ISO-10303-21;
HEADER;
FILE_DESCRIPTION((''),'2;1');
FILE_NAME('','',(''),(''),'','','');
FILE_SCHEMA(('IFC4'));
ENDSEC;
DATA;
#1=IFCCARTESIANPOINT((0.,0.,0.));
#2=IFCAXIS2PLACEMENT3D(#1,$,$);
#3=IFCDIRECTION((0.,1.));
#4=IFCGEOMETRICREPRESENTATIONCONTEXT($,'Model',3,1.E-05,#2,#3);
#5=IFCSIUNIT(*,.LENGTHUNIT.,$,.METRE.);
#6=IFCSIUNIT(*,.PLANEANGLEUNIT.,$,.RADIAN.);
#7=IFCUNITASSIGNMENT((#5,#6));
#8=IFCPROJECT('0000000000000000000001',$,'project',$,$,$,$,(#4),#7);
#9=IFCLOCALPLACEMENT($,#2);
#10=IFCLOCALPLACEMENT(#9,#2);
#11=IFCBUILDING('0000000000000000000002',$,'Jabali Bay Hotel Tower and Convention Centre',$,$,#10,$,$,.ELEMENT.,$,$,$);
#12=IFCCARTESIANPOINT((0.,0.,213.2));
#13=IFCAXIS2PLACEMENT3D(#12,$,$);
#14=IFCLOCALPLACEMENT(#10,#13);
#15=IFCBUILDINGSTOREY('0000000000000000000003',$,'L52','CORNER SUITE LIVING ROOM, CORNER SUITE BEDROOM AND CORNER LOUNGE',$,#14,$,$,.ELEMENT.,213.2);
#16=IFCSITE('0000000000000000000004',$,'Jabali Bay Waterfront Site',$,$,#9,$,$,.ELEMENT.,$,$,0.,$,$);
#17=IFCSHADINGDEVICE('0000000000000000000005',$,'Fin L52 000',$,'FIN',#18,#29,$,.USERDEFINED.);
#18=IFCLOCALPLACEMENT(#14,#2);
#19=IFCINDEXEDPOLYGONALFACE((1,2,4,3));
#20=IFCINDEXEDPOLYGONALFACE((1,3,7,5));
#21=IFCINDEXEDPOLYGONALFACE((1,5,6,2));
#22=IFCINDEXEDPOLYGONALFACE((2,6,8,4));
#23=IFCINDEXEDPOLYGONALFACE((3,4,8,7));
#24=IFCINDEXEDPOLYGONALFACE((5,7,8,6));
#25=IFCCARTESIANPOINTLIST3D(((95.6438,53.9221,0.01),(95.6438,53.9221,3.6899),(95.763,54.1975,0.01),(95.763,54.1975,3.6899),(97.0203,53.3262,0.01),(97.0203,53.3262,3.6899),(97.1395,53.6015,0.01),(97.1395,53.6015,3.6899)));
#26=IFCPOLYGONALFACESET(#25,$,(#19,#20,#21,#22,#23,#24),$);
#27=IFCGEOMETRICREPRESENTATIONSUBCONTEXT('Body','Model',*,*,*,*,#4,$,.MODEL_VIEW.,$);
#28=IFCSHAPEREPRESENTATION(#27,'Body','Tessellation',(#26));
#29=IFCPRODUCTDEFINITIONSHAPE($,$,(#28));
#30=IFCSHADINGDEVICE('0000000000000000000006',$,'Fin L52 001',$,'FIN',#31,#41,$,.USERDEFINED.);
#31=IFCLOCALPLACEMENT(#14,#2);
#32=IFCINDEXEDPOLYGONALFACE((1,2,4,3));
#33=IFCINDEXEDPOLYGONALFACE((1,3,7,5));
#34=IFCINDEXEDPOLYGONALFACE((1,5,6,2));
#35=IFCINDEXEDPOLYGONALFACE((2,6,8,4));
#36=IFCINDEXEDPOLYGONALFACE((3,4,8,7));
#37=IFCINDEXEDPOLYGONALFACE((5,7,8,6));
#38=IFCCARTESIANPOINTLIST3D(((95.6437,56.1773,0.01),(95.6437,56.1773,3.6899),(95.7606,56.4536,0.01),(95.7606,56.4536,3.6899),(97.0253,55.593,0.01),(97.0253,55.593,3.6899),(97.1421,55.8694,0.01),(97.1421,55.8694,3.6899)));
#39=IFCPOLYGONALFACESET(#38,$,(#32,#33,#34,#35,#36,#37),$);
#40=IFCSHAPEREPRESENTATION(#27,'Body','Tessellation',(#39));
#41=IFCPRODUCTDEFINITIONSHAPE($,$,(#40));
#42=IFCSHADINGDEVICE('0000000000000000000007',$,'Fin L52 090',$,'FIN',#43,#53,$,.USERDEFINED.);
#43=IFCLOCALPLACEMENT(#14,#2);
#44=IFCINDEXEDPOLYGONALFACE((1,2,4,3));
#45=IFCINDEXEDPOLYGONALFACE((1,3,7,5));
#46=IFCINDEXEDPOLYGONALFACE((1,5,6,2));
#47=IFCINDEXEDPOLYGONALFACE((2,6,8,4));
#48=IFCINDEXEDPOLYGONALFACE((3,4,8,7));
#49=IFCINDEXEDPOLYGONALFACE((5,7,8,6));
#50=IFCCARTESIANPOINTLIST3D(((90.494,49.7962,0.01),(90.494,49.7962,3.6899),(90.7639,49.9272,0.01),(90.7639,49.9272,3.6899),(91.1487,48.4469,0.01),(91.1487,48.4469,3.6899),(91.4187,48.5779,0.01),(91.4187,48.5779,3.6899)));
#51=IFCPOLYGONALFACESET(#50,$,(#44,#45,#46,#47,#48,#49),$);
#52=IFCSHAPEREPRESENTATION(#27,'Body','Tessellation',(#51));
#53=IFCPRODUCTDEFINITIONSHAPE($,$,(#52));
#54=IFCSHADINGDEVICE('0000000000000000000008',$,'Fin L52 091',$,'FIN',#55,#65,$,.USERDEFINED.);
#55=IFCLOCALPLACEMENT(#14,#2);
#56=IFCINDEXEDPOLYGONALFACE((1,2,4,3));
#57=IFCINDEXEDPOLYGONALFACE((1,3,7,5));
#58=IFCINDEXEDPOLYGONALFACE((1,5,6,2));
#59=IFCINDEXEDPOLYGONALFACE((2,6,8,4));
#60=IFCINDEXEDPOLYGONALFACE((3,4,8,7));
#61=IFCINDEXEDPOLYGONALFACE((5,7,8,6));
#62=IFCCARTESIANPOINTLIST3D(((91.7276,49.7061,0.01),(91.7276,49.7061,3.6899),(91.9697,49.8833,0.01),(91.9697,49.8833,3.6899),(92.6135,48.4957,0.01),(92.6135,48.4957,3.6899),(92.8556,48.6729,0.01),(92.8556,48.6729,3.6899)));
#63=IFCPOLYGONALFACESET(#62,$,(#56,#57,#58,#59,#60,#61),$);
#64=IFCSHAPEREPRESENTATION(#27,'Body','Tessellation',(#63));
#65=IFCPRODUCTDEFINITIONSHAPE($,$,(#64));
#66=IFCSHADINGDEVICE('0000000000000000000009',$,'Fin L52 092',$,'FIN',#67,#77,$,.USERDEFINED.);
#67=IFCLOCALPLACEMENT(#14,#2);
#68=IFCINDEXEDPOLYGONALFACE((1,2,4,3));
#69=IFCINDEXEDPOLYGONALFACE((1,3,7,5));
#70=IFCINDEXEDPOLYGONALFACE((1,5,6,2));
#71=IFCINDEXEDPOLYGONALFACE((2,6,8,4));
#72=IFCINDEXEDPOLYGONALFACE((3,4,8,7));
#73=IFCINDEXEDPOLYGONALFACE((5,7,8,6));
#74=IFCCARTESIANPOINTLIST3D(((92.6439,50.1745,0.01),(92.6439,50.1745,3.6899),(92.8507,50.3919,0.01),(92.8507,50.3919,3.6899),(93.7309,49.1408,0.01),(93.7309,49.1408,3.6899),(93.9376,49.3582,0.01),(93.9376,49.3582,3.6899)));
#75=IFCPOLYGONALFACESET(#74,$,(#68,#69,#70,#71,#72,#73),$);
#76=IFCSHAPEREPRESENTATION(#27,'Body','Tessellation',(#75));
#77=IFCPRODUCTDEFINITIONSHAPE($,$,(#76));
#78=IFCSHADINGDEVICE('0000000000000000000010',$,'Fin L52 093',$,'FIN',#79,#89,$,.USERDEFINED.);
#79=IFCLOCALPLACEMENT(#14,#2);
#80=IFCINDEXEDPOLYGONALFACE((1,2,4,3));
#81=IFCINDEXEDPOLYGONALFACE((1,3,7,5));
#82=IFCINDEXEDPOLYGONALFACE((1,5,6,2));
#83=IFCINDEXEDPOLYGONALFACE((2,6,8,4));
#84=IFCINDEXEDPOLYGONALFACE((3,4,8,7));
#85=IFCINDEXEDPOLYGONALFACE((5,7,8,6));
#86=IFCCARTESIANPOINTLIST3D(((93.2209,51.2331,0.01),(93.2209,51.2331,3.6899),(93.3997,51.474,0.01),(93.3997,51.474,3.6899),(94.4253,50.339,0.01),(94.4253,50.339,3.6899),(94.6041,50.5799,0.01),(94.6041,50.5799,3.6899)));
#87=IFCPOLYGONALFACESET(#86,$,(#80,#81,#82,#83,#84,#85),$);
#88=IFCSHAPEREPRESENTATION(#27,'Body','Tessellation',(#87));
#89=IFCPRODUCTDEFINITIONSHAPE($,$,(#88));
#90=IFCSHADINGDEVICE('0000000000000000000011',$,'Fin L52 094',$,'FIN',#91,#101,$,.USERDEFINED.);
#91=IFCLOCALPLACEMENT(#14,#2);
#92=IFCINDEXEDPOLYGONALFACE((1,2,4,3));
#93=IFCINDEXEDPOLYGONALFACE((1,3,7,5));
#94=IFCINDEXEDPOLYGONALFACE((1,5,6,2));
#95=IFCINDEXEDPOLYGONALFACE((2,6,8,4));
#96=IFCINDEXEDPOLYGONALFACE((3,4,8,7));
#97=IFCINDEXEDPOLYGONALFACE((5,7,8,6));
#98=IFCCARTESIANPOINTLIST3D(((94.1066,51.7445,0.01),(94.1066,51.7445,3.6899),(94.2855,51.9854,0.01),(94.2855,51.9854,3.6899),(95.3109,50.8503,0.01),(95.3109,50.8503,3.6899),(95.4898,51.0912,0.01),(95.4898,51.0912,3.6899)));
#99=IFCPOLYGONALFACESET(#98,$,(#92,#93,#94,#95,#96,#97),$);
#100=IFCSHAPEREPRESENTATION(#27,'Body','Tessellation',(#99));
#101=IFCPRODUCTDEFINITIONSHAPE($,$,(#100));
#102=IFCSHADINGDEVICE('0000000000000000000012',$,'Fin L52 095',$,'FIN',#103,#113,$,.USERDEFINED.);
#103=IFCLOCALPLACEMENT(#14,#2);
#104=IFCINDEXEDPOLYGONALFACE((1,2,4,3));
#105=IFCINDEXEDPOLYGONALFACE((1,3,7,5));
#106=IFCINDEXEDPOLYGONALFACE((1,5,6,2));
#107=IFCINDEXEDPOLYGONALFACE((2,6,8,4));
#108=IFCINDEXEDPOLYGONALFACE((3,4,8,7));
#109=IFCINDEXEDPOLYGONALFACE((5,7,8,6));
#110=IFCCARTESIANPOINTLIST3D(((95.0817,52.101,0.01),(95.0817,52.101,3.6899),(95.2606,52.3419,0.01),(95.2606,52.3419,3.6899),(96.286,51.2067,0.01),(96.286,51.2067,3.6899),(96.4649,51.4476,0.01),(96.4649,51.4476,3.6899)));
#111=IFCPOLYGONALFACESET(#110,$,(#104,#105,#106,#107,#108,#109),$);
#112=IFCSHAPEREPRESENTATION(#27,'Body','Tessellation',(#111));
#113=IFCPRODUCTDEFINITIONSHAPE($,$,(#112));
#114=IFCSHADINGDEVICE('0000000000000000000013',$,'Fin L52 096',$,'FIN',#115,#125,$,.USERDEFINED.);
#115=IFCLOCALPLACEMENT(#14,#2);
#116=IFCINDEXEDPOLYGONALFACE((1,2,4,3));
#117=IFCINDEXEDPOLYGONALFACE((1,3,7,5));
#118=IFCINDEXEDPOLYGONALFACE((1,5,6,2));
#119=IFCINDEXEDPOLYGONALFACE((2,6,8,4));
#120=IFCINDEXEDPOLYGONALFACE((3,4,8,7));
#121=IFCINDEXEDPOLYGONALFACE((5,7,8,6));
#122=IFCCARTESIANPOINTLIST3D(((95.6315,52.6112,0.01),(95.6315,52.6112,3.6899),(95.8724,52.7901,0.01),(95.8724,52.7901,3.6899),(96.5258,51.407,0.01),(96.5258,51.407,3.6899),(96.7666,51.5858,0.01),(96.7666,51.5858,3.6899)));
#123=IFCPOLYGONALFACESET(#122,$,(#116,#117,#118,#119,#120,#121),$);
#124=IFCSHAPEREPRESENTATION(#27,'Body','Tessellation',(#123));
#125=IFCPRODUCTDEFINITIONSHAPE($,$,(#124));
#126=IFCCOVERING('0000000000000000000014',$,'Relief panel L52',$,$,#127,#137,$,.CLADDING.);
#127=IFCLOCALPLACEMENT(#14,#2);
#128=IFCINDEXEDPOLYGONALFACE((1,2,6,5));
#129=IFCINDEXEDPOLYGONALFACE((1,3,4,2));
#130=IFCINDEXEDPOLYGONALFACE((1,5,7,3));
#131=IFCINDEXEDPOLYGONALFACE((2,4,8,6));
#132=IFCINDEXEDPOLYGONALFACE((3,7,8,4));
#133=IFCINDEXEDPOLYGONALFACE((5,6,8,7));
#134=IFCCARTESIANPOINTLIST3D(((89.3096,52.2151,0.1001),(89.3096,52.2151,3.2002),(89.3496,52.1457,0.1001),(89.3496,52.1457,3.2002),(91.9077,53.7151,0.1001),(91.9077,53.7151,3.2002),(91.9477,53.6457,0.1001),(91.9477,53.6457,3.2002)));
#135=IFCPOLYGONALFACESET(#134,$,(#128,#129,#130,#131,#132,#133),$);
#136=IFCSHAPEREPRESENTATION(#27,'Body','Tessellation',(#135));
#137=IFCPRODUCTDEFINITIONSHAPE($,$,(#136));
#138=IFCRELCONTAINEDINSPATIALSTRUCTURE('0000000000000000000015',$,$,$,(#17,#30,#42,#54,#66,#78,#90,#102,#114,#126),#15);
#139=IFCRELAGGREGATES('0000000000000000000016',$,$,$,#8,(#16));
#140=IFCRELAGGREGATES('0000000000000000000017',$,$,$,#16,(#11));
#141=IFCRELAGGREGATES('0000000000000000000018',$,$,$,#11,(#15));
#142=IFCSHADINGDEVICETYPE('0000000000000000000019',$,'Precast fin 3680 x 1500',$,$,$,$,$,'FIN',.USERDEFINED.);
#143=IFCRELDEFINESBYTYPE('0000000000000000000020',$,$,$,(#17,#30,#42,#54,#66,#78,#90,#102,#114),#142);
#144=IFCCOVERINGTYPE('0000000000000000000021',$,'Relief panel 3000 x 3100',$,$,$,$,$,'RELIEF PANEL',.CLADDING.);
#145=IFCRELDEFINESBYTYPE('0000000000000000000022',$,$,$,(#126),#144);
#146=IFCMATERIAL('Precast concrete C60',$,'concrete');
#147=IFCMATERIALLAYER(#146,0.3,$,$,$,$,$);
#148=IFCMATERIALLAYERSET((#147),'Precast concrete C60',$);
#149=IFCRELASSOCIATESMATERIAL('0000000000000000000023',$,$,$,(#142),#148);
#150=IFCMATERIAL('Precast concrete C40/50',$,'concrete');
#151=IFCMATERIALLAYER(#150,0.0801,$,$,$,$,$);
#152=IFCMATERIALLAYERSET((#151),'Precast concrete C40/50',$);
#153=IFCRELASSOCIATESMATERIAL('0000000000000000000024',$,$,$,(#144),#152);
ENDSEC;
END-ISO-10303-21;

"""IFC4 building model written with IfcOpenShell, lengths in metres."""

from ifc_helpers import new_model, si_unit, direction, frame, frame_2d, origin, origin_2d, place, context, subcontext, project, spatial, rectangle, extrude, material, layer, layer_set, type_object, element, save


model = new_model("IFC4")

# Units and contexts
model_context = context("Model", 3, precision=1e-05, world=origin(), true_north=direction((0.0, 1.0)))
body_context = subcontext(model_context, "Body", "Model", "MODEL_VIEW")
ifc_project = project(units=[si_unit("LENGTHUNIT", "METRE"), si_unit("PLANEANGLEUNIT", "RADIAN")], contexts=[model_context])

# Site, building, storey
site_placement = place(None, origin())
site = spatial("IfcSite", under=ifc_project, at=site_placement, Name="Jabali Bay Waterfront Site", CompositionType="ELEMENT", RefElevation=0.0)
building_placement = place(site_placement, origin())
building = spatial("IfcBuilding", under=site, at=building_placement, Name="Jabali Bay Hotel Tower and Convention Centre", CompositionType="ELEMENT")
storey_placement = place(building_placement, frame((0.0, 0.0, 213.2)))
storey = spatial("IfcBuildingStorey", under=building, at=storey_placement, Name="L52", Description="CORNER SUITE LIVING ROOM, CORNER SUITE BEDROOM AND CORNER LOUNGE", CompositionType="ELEMENT", Elevation=213.2)

# Shading devices
ifc_material_1 = material(Name="Precast concrete C60", Category="concrete")
ifc_layer_1 = layer(ifc_material_1, 0.3)
ifc_layer_set_1 = layer_set([ifc_layer_1], Name="Precast concrete C60")
shading_device_type = type_object("IfcShadingDeviceType", Name="Precast fin 3680 x 1500", ElementType="FIN", PredefinedType="USERDEFINED", material=ifc_layer_set_1)
for number, where, z_axis, x_axis, name in (
    (1, (95.7034, 54.0598, 0.01), (0.0, 0.0, 1.0), (0.917682, -0.397315, 0.0), "Fin L52 000"),
    (2, (95.7021, 56.3154, 0.01), (0.0, 0.0, 1.0), (0.921037, -0.389475, 0.0), "Fin L52 001"),
):
    element("IfcShadingDevice", number, at=place(storey_placement, frame(where, z_axis=z_axis, x_axis=x_axis)), inside=storey, type_object=shading_device_type, Name=name, ObjectType="FIN", PredefinedType="USERDEFINED", context=body_context, shape_type="SweptSolid", body=[
        extrude(rectangle(XDim=1.5, YDim=0.3, at=frame_2d((0.75, 0.0))), origin(), (0.0, 0.0, 1.0), 3.6799),
    ])
shading_device_placement = place(storey_placement, frame((90.6289, 49.8618, 0.01), z_axis=(0.0, 0.0, 1.0), x_axis=(0.436569, -0.899671, 0.0)))
element("IfcShadingDevice", 3, at=shading_device_placement, inside=storey, type_object=shading_device_type, Name="Fin L52 090", ObjectType="FIN", PredefinedType="USERDEFINED", context=body_context, shape_type="SweptSolid", body=[
    extrude(rectangle(XDim=1.4998, YDim=0.3, at=frame_2d((0.75, 0.0))), origin(), (0.0, 0.0, 1.0), 3.6799),
])
for number, where, z_axis, x_axis, name in (
    (4, (91.8486, 49.7947, 0.01), (0.0, 0.0, 1.0), (0.590637, -0.806938, 0.0), "Fin L52 091"),
    (5, (92.7473, 50.2832, 0.01), (0.0, 0.0, 1.0), (0.724625, -0.689143, 0.0), "Fin L52 092"),
    (6, (93.3103, 51.3535, 0.01), (0.0, 0.0, 1.0), (0.80294, -0.59606, 0.0), "Fin L52 093"),
    (7, (94.196, 51.865, 0.01), (0.0, 0.0, 1.0), (0.802862, -0.596165, 0.0), "Fin L52 094"),
    (8, (95.1711, 52.2214, 0.01), (0.0, 0.0, 1.0), (0.802862, -0.596165, 0.0), "Fin L52 095"),
    (9, (95.752, 52.7007, 0.01), (0.0, 0.0, 1.0), (0.596165, -0.802862, 0.0), "Fin L52 096"),
):
    element("IfcShadingDevice", number, at=place(storey_placement, frame(where, z_axis=z_axis, x_axis=x_axis)), inside=storey, type_object=shading_device_type, Name=name, ObjectType="FIN", PredefinedType="USERDEFINED", context=body_context, shape_type="SweptSolid", body=[
        extrude(rectangle(XDim=1.5, YDim=0.3, at=frame_2d((0.75, 0.0))), origin(), (0.0, 0.0, 1.0), 3.6799),
    ])

# Covering
ifc_material_2 = material(Name="Precast concrete C40/50", Category="concrete")
ifc_layer_2 = layer(ifc_material_2, 0.0801)
ifc_layer_set_2 = layer_set([ifc_layer_2], Name="Precast concrete C40/50")
covering_type = type_object("IfcCoveringType", Name="Relief panel 3000 x 3100", ElementType="RELIEF PANEL", PredefinedType="CLADDING", material=ifc_layer_set_2)
covering_placement = place(storey_placement, frame((90.6287, 52.9304, 0.1001), z_axis=(0.0, 0.0, 1.0), x_axis=(-0.866025, -0.5, 0.0)))
element("IfcCovering", 10, at=covering_placement, inside=storey, type_object=covering_type, Name="Relief panel L52", PredefinedType="CLADDING", context=body_context, shape_type="SweptSolid", body=[
    extrude(rectangle(XDim=3.0, YDim=0.0801, at=origin_2d()), origin(), (0.0, 0.0, 1.0), 3.1001),
])

save(model, "model.ifc")
